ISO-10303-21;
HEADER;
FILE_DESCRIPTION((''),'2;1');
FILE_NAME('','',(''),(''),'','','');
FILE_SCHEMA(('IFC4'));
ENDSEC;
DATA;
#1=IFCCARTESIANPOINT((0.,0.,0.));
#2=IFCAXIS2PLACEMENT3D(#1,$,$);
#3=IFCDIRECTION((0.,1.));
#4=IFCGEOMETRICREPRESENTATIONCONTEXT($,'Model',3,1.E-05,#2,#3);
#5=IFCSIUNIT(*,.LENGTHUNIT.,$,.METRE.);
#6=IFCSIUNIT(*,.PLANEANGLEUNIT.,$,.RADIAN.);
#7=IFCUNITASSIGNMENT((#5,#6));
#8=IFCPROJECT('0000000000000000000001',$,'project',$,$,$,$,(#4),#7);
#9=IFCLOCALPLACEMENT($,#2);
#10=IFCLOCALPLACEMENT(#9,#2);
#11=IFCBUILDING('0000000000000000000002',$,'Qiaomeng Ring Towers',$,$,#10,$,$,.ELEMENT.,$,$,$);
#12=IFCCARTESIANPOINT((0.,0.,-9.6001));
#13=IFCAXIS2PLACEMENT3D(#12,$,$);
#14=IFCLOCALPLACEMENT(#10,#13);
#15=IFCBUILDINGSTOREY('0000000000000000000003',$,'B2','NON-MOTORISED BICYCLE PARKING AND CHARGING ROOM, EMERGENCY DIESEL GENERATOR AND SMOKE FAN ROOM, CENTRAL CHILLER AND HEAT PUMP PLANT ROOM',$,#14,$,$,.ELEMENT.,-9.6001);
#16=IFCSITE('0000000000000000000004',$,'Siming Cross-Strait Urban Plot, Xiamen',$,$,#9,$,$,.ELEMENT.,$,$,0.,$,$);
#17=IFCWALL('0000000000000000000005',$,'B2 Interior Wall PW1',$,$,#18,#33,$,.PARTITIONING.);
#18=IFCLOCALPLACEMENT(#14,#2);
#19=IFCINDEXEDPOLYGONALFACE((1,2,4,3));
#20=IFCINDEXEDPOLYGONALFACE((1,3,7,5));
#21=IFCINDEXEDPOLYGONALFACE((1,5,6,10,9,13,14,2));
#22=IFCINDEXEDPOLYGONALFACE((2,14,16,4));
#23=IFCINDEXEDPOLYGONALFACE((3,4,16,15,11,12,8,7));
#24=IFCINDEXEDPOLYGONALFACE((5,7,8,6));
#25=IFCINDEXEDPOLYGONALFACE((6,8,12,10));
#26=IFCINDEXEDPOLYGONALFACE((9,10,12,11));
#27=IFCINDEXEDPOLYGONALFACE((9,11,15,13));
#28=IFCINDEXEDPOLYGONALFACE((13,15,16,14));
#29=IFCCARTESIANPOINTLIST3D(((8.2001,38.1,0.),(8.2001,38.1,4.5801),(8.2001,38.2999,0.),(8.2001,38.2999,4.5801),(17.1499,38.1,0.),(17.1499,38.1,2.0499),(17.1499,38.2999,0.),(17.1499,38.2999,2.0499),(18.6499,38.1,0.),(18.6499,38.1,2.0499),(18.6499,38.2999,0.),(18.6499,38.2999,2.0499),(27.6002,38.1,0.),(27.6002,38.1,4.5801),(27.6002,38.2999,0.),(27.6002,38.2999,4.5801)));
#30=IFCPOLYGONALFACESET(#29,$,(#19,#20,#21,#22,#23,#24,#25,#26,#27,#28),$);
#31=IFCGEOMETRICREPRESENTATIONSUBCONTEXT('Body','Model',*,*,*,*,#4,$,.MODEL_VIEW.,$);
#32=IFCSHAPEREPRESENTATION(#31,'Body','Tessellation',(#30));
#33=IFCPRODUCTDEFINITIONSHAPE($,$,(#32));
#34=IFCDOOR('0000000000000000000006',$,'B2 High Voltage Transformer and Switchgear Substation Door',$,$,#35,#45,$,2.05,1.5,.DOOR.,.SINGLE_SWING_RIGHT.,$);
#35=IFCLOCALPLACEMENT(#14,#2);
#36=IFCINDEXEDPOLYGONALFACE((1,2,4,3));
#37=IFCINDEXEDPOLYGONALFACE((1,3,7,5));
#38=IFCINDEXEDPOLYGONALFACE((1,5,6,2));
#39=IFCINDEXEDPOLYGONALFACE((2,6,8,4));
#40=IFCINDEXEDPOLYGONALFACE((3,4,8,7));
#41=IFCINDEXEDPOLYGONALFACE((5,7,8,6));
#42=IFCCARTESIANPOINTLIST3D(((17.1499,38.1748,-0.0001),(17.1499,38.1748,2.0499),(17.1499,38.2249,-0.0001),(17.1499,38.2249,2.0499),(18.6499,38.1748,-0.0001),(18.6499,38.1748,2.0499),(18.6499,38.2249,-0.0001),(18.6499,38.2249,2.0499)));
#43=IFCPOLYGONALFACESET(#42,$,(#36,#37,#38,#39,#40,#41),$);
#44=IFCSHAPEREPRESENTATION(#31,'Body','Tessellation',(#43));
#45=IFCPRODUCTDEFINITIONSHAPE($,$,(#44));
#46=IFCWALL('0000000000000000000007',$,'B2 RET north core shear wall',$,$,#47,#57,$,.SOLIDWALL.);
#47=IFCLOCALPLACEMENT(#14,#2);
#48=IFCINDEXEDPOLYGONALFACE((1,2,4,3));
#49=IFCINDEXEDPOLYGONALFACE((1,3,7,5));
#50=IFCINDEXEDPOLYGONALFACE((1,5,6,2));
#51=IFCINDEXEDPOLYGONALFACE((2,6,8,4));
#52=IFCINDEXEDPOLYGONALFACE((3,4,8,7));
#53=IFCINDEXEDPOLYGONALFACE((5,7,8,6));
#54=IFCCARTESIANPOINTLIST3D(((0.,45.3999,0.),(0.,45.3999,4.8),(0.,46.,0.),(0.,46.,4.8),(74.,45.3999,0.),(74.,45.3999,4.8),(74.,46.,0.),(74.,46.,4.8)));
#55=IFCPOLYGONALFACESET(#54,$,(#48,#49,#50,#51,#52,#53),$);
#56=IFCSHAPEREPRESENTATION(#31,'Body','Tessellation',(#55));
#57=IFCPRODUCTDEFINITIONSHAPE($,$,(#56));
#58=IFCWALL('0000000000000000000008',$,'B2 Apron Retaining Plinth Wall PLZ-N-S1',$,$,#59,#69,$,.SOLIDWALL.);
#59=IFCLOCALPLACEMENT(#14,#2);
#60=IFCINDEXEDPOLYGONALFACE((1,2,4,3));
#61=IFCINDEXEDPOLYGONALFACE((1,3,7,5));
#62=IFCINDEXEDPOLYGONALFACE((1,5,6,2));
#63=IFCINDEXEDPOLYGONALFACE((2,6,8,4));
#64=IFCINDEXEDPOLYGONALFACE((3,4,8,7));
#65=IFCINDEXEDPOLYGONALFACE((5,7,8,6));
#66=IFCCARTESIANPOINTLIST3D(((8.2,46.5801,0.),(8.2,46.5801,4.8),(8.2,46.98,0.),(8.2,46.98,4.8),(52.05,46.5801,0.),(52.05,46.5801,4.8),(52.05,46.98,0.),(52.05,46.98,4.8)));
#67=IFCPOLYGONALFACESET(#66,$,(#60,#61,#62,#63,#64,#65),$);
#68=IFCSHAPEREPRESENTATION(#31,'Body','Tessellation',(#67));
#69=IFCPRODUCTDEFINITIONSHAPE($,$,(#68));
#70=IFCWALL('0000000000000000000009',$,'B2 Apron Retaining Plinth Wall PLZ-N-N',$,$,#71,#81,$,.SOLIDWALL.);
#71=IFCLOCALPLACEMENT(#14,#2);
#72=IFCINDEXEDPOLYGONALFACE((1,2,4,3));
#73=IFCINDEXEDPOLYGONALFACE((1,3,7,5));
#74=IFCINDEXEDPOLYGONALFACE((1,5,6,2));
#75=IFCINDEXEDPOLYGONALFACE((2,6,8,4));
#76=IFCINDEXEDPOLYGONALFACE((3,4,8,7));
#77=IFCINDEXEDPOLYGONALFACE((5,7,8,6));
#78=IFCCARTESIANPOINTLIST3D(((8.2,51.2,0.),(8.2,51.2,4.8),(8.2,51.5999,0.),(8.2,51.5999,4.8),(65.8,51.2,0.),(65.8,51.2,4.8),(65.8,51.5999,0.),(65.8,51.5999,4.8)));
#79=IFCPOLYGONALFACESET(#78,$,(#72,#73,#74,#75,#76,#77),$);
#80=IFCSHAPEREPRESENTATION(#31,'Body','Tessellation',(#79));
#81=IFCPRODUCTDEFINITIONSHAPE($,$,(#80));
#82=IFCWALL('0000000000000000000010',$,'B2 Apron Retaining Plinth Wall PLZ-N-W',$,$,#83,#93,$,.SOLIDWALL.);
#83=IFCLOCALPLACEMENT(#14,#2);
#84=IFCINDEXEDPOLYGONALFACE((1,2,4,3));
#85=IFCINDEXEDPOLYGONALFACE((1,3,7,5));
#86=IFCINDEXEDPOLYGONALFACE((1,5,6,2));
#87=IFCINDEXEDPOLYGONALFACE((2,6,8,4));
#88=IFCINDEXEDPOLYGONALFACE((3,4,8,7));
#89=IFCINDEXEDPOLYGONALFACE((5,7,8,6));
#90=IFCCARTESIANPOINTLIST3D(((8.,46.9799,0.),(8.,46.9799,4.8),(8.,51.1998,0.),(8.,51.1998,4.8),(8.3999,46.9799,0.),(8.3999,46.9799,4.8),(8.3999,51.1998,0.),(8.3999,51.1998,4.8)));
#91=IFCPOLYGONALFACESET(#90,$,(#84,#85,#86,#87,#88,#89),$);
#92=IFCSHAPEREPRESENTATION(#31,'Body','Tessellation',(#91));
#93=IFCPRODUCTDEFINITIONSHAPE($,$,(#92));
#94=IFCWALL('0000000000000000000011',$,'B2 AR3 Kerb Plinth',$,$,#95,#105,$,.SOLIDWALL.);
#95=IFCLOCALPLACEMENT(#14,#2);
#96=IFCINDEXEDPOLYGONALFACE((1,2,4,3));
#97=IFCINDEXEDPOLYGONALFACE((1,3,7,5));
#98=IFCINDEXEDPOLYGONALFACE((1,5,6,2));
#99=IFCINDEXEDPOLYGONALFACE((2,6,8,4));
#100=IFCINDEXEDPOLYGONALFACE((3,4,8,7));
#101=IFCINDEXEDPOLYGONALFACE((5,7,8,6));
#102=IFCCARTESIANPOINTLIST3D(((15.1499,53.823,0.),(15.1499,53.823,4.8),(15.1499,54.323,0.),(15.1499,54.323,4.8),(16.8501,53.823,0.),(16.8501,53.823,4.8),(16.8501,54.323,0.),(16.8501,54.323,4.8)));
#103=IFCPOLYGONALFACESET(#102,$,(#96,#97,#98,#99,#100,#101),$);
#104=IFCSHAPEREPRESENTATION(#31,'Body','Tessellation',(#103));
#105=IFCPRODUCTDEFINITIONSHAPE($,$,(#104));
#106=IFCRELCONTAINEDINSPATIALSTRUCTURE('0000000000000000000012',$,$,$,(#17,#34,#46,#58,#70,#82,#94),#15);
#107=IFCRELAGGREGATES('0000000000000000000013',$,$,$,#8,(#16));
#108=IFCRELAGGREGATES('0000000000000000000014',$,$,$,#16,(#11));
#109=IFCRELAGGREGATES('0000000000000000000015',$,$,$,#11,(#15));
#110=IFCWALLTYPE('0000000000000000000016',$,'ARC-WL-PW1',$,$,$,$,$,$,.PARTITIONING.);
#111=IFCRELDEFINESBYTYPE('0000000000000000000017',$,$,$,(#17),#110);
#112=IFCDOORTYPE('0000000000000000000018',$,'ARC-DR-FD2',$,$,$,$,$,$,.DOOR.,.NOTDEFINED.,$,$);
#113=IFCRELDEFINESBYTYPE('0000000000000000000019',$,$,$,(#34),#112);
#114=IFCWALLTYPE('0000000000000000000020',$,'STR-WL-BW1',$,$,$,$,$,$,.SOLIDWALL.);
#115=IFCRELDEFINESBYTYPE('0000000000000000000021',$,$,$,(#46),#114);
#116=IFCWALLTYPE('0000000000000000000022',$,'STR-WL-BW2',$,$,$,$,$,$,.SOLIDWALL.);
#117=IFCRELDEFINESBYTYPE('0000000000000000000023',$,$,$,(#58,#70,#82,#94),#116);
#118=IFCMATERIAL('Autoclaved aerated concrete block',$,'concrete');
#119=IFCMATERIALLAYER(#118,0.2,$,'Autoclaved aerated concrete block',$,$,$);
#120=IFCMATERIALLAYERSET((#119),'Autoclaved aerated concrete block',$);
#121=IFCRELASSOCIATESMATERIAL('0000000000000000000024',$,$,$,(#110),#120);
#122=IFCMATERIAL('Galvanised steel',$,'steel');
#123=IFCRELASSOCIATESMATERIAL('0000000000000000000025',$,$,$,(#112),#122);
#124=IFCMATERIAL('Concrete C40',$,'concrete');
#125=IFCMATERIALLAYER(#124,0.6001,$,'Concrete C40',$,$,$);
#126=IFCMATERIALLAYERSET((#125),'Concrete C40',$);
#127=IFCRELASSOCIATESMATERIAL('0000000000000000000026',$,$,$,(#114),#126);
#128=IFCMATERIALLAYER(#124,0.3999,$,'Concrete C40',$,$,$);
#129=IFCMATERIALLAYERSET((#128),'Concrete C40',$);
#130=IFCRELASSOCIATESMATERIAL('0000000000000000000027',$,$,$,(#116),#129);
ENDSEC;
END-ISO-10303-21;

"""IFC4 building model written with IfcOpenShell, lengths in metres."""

from ifc_helpers import new_model, si_unit, direction, frame, frame_2d, origin, place, context, subcontext, project, spatial, rectangle, extrude, source, transform, mapped, material, layer, layer_set, type_object, element, fill, save


model = new_model("IFC4")

# Units and contexts
model_context = context("Model", 3, precision=1e-05, world=origin(), true_north=direction((0.0, 1.0)))
body_context = subcontext(model_context, "Body", "Model", "MODEL_VIEW")
ifc_project = project(units=[si_unit("LENGTHUNIT", "METRE"), si_unit("PLANEANGLEUNIT", "RADIAN")], contexts=[model_context])

# Site, building, storey
site_placement = place(None, origin())
site = spatial("IfcSite", under=ifc_project, at=site_placement, Name="Siming Cross-Strait Urban Plot, Xiamen", CompositionType="ELEMENT", RefElevation=0.0)
building_placement = place(site_placement, origin())
building = spatial("IfcBuilding", under=site, at=building_placement, Name="Qiaomeng Ring Towers", CompositionType="ELEMENT")
storey_placement = place(building_placement, frame((0.0, 0.0, -9.6001)))
storey = spatial("IfcBuildingStorey", under=building, at=storey_placement, Name="B2", Description="NON-MOTORISED BICYCLE PARKING AND CHARGING ROOM, EMERGENCY DIESEL GENERATOR AND SMOKE FAN ROOM, CENTRAL CHILLER AND HEAT PUMP PLANT ROOM", CompositionType="ELEMENT", Elevation=-9.6001)

# Shared definitions
ifc_material_1 = material(Name="Concrete C40", Category="concrete")

# Wall, opening, door
ifc_material_2 = material(Name="Autoclaved aerated concrete block", Category="concrete")
ifc_layer_1 = layer(ifc_material_2, 0.2, Name="Autoclaved aerated concrete block")
ifc_layer_set_1 = layer_set([ifc_layer_1], Name="Autoclaved aerated concrete block")
wall_type_1 = type_object("IfcWallType", Name="ARC-WL-PW1", PredefinedType="PARTITIONING", material=ifc_layer_set_1)
wall_1_placement = place(storey_placement, frame((8.2, 38.2, 0.0), z_axis=(0.0, 0.0, 1.0), x_axis=(1.0, 0.0, 0.0)))
wall_1 = element("IfcWall", 1, at=wall_1_placement, inside=storey, type_object=wall_type_1, Name="B2 Interior Wall PW1", PredefinedType="PARTITIONING", context=body_context, shape_type="SweptSolid", body=[
    extrude(rectangle(XDim=19.4001, YDim=0.2, at=frame_2d((9.7002, 0.0))), origin(), (0.0, 0.0, 1.0), 4.5801),
])
opening_1_placement = place(wall_1_placement, frame((8.95, 0.0, 0.0)))
opening_1 = element("IfcOpeningElement", 2, at=opening_1_placement, cuts=wall_1, PredefinedType="OPENING", context=body_context, shape_type="SweptSolid", body=[
    extrude(rectangle(XDim=1.5, YDim=2.05, at=frame_2d((0.75, 1.0249))), frame((0.0, 0.1099, 0.0), z_axis=(0.0, -1.0, 0.0), x_axis=(1.0, 0.0, 0.0)), (0.0, 0.0, 1.0), 0.22),
])
ifc_material_3 = material(Name="Galvanised steel", Category="steel")
door_type_1 = type_object("IfcDoorType", Name="ARC-DR-FD2", OperationType="NOTDEFINED", PredefinedType="DOOR", material=ifc_material_3)
shared_shape_1 = source(origin(), body_context, "Body", "SweptSolid", [
    extrude(rectangle(XDim=1.5, YDim=2.05, at=frame_2d((0.75, 1.0249))), frame((0.0, 0.0249, 0.0), z_axis=(0.0, -1.0, 0.0), x_axis=(1.0, 0.0, 0.0)), (0.0, 0.0, 1.0), 0.05),
])
door_1_placement = place(opening_1_placement, origin())
door_1 = element("IfcDoor", 3, at=door_1_placement, inside=storey, type_object=door_type_1, Name="B2 High Voltage Transformer and Switchgear Substation Door", OperationType="SINGLE_SWING_RIGHT", OverallHeight=2.05, OverallWidth=1.5, PredefinedType="DOOR", context=body_context, shape_type="MappedRepresentation", body=[
    mapped(shared_shape_1, transform((0.0, 0.0, 0.0), x_axis=(1.0, 0.0, 0.0), y_axis=(0.0, 1.0, 0.0), z_axis=(0.0, 0.0, 1.0), scale=1.0)),
])
fill(opening_1, door_1)

# Walls
ifc_layer_2 = layer(ifc_material_1, 0.6001, Name="Concrete C40")
ifc_layer_set_2 = layer_set([ifc_layer_2], Name="Concrete C40")
wall_type_2 = type_object("IfcWallType", Name="STR-WL-BW1", PredefinedType="SOLIDWALL", material=ifc_layer_set_2)
wall_2_placement = place(storey_placement, frame((0.0, 45.7, 0.0), z_axis=(0.0, 0.0, 1.0), x_axis=(1.0, 0.0, 0.0)))
element("IfcWall", 4, at=wall_2_placement, inside=storey, type_object=wall_type_2, Name="B2 RET north core shear wall", PredefinedType="SOLIDWALL", context=body_context, shape_type="SweptSolid", body=[
    extrude(rectangle(XDim=74.0, YDim=0.6001, at=frame_2d((37.0, 0.0))), origin(), (0.0, 0.0, 1.0), 4.8),
])
ifc_layer_3 = layer(ifc_material_1, 0.3999, Name="Concrete C40")
ifc_layer_set_3 = layer_set([ifc_layer_3], Name="Concrete C40")
wall_type_3 = type_object("IfcWallType", Name="STR-WL-BW2", PredefinedType="SOLIDWALL", material=ifc_layer_set_3)
wall_3_placement = place(storey_placement, frame((8.2, 46.78, 0.0), z_axis=(0.0, 0.0, 1.0), x_axis=(1.0, 0.0, 0.0)))
element("IfcWall", 5, at=wall_3_placement, inside=storey, type_object=wall_type_3, Name="B2 Apron Retaining Plinth Wall PLZ-N-S1", PredefinedType="SOLIDWALL", context=body_context, shape_type="SweptSolid", body=[
    extrude(rectangle(XDim=43.8501, YDim=0.3999, at=frame_2d((21.925, 0.0))), origin(), (0.0, 0.0, 1.0), 4.8),
])
wall_4_placement = place(storey_placement, frame((8.2, 51.3999, 0.0), z_axis=(0.0, 0.0, 1.0), x_axis=(1.0, 0.0, 0.0)))
element("IfcWall", 6, at=wall_4_placement, inside=storey, type_object=wall_type_3, Name="B2 Apron Retaining Plinth Wall PLZ-N-N", PredefinedType="SOLIDWALL", context=body_context, shape_type="SweptSolid", body=[
    extrude(rectangle(XDim=57.6001, YDim=0.3999, at=frame_2d((28.8, 0.0))), origin(), (0.0, 0.0, 1.0), 4.8),
])
wall_5_placement = place(storey_placement, frame((8.2, 46.98, 0.0), z_axis=(0.0, 0.0, 1.0), x_axis=(0.0, 1.0, 0.0)))
element("IfcWall", 7, at=wall_5_placement, inside=storey, type_object=wall_type_3, Name="B2 Apron Retaining Plinth Wall PLZ-N-W", PredefinedType="SOLIDWALL", context=body_context, shape_type="SweptSolid", body=[
    extrude(rectangle(XDim=4.22, YDim=0.3999, at=frame_2d((2.1099, 0.0))), origin(), (0.0, 0.0, 1.0), 4.8),
])
wall_6_placement = place(storey_placement, frame((15.1499, 54.073, 0.0), z_axis=(0.0, 0.0, 1.0), x_axis=(1.0, 0.0, 0.0)))
element("IfcWall", 8, at=wall_6_placement, inside=storey, type_object=wall_type_3, Name="B2 AR3 Kerb Plinth", PredefinedType="SOLIDWALL", context=body_context, shape_type="SweptSolid", body=[
    extrude(rectangle(XDim=1.7002, YDim=0.5, at=frame_2d((0.8501, 0.0))), origin(), (0.0, 0.0, 1.0), 4.8),
])

save(model, "model.ifc")
